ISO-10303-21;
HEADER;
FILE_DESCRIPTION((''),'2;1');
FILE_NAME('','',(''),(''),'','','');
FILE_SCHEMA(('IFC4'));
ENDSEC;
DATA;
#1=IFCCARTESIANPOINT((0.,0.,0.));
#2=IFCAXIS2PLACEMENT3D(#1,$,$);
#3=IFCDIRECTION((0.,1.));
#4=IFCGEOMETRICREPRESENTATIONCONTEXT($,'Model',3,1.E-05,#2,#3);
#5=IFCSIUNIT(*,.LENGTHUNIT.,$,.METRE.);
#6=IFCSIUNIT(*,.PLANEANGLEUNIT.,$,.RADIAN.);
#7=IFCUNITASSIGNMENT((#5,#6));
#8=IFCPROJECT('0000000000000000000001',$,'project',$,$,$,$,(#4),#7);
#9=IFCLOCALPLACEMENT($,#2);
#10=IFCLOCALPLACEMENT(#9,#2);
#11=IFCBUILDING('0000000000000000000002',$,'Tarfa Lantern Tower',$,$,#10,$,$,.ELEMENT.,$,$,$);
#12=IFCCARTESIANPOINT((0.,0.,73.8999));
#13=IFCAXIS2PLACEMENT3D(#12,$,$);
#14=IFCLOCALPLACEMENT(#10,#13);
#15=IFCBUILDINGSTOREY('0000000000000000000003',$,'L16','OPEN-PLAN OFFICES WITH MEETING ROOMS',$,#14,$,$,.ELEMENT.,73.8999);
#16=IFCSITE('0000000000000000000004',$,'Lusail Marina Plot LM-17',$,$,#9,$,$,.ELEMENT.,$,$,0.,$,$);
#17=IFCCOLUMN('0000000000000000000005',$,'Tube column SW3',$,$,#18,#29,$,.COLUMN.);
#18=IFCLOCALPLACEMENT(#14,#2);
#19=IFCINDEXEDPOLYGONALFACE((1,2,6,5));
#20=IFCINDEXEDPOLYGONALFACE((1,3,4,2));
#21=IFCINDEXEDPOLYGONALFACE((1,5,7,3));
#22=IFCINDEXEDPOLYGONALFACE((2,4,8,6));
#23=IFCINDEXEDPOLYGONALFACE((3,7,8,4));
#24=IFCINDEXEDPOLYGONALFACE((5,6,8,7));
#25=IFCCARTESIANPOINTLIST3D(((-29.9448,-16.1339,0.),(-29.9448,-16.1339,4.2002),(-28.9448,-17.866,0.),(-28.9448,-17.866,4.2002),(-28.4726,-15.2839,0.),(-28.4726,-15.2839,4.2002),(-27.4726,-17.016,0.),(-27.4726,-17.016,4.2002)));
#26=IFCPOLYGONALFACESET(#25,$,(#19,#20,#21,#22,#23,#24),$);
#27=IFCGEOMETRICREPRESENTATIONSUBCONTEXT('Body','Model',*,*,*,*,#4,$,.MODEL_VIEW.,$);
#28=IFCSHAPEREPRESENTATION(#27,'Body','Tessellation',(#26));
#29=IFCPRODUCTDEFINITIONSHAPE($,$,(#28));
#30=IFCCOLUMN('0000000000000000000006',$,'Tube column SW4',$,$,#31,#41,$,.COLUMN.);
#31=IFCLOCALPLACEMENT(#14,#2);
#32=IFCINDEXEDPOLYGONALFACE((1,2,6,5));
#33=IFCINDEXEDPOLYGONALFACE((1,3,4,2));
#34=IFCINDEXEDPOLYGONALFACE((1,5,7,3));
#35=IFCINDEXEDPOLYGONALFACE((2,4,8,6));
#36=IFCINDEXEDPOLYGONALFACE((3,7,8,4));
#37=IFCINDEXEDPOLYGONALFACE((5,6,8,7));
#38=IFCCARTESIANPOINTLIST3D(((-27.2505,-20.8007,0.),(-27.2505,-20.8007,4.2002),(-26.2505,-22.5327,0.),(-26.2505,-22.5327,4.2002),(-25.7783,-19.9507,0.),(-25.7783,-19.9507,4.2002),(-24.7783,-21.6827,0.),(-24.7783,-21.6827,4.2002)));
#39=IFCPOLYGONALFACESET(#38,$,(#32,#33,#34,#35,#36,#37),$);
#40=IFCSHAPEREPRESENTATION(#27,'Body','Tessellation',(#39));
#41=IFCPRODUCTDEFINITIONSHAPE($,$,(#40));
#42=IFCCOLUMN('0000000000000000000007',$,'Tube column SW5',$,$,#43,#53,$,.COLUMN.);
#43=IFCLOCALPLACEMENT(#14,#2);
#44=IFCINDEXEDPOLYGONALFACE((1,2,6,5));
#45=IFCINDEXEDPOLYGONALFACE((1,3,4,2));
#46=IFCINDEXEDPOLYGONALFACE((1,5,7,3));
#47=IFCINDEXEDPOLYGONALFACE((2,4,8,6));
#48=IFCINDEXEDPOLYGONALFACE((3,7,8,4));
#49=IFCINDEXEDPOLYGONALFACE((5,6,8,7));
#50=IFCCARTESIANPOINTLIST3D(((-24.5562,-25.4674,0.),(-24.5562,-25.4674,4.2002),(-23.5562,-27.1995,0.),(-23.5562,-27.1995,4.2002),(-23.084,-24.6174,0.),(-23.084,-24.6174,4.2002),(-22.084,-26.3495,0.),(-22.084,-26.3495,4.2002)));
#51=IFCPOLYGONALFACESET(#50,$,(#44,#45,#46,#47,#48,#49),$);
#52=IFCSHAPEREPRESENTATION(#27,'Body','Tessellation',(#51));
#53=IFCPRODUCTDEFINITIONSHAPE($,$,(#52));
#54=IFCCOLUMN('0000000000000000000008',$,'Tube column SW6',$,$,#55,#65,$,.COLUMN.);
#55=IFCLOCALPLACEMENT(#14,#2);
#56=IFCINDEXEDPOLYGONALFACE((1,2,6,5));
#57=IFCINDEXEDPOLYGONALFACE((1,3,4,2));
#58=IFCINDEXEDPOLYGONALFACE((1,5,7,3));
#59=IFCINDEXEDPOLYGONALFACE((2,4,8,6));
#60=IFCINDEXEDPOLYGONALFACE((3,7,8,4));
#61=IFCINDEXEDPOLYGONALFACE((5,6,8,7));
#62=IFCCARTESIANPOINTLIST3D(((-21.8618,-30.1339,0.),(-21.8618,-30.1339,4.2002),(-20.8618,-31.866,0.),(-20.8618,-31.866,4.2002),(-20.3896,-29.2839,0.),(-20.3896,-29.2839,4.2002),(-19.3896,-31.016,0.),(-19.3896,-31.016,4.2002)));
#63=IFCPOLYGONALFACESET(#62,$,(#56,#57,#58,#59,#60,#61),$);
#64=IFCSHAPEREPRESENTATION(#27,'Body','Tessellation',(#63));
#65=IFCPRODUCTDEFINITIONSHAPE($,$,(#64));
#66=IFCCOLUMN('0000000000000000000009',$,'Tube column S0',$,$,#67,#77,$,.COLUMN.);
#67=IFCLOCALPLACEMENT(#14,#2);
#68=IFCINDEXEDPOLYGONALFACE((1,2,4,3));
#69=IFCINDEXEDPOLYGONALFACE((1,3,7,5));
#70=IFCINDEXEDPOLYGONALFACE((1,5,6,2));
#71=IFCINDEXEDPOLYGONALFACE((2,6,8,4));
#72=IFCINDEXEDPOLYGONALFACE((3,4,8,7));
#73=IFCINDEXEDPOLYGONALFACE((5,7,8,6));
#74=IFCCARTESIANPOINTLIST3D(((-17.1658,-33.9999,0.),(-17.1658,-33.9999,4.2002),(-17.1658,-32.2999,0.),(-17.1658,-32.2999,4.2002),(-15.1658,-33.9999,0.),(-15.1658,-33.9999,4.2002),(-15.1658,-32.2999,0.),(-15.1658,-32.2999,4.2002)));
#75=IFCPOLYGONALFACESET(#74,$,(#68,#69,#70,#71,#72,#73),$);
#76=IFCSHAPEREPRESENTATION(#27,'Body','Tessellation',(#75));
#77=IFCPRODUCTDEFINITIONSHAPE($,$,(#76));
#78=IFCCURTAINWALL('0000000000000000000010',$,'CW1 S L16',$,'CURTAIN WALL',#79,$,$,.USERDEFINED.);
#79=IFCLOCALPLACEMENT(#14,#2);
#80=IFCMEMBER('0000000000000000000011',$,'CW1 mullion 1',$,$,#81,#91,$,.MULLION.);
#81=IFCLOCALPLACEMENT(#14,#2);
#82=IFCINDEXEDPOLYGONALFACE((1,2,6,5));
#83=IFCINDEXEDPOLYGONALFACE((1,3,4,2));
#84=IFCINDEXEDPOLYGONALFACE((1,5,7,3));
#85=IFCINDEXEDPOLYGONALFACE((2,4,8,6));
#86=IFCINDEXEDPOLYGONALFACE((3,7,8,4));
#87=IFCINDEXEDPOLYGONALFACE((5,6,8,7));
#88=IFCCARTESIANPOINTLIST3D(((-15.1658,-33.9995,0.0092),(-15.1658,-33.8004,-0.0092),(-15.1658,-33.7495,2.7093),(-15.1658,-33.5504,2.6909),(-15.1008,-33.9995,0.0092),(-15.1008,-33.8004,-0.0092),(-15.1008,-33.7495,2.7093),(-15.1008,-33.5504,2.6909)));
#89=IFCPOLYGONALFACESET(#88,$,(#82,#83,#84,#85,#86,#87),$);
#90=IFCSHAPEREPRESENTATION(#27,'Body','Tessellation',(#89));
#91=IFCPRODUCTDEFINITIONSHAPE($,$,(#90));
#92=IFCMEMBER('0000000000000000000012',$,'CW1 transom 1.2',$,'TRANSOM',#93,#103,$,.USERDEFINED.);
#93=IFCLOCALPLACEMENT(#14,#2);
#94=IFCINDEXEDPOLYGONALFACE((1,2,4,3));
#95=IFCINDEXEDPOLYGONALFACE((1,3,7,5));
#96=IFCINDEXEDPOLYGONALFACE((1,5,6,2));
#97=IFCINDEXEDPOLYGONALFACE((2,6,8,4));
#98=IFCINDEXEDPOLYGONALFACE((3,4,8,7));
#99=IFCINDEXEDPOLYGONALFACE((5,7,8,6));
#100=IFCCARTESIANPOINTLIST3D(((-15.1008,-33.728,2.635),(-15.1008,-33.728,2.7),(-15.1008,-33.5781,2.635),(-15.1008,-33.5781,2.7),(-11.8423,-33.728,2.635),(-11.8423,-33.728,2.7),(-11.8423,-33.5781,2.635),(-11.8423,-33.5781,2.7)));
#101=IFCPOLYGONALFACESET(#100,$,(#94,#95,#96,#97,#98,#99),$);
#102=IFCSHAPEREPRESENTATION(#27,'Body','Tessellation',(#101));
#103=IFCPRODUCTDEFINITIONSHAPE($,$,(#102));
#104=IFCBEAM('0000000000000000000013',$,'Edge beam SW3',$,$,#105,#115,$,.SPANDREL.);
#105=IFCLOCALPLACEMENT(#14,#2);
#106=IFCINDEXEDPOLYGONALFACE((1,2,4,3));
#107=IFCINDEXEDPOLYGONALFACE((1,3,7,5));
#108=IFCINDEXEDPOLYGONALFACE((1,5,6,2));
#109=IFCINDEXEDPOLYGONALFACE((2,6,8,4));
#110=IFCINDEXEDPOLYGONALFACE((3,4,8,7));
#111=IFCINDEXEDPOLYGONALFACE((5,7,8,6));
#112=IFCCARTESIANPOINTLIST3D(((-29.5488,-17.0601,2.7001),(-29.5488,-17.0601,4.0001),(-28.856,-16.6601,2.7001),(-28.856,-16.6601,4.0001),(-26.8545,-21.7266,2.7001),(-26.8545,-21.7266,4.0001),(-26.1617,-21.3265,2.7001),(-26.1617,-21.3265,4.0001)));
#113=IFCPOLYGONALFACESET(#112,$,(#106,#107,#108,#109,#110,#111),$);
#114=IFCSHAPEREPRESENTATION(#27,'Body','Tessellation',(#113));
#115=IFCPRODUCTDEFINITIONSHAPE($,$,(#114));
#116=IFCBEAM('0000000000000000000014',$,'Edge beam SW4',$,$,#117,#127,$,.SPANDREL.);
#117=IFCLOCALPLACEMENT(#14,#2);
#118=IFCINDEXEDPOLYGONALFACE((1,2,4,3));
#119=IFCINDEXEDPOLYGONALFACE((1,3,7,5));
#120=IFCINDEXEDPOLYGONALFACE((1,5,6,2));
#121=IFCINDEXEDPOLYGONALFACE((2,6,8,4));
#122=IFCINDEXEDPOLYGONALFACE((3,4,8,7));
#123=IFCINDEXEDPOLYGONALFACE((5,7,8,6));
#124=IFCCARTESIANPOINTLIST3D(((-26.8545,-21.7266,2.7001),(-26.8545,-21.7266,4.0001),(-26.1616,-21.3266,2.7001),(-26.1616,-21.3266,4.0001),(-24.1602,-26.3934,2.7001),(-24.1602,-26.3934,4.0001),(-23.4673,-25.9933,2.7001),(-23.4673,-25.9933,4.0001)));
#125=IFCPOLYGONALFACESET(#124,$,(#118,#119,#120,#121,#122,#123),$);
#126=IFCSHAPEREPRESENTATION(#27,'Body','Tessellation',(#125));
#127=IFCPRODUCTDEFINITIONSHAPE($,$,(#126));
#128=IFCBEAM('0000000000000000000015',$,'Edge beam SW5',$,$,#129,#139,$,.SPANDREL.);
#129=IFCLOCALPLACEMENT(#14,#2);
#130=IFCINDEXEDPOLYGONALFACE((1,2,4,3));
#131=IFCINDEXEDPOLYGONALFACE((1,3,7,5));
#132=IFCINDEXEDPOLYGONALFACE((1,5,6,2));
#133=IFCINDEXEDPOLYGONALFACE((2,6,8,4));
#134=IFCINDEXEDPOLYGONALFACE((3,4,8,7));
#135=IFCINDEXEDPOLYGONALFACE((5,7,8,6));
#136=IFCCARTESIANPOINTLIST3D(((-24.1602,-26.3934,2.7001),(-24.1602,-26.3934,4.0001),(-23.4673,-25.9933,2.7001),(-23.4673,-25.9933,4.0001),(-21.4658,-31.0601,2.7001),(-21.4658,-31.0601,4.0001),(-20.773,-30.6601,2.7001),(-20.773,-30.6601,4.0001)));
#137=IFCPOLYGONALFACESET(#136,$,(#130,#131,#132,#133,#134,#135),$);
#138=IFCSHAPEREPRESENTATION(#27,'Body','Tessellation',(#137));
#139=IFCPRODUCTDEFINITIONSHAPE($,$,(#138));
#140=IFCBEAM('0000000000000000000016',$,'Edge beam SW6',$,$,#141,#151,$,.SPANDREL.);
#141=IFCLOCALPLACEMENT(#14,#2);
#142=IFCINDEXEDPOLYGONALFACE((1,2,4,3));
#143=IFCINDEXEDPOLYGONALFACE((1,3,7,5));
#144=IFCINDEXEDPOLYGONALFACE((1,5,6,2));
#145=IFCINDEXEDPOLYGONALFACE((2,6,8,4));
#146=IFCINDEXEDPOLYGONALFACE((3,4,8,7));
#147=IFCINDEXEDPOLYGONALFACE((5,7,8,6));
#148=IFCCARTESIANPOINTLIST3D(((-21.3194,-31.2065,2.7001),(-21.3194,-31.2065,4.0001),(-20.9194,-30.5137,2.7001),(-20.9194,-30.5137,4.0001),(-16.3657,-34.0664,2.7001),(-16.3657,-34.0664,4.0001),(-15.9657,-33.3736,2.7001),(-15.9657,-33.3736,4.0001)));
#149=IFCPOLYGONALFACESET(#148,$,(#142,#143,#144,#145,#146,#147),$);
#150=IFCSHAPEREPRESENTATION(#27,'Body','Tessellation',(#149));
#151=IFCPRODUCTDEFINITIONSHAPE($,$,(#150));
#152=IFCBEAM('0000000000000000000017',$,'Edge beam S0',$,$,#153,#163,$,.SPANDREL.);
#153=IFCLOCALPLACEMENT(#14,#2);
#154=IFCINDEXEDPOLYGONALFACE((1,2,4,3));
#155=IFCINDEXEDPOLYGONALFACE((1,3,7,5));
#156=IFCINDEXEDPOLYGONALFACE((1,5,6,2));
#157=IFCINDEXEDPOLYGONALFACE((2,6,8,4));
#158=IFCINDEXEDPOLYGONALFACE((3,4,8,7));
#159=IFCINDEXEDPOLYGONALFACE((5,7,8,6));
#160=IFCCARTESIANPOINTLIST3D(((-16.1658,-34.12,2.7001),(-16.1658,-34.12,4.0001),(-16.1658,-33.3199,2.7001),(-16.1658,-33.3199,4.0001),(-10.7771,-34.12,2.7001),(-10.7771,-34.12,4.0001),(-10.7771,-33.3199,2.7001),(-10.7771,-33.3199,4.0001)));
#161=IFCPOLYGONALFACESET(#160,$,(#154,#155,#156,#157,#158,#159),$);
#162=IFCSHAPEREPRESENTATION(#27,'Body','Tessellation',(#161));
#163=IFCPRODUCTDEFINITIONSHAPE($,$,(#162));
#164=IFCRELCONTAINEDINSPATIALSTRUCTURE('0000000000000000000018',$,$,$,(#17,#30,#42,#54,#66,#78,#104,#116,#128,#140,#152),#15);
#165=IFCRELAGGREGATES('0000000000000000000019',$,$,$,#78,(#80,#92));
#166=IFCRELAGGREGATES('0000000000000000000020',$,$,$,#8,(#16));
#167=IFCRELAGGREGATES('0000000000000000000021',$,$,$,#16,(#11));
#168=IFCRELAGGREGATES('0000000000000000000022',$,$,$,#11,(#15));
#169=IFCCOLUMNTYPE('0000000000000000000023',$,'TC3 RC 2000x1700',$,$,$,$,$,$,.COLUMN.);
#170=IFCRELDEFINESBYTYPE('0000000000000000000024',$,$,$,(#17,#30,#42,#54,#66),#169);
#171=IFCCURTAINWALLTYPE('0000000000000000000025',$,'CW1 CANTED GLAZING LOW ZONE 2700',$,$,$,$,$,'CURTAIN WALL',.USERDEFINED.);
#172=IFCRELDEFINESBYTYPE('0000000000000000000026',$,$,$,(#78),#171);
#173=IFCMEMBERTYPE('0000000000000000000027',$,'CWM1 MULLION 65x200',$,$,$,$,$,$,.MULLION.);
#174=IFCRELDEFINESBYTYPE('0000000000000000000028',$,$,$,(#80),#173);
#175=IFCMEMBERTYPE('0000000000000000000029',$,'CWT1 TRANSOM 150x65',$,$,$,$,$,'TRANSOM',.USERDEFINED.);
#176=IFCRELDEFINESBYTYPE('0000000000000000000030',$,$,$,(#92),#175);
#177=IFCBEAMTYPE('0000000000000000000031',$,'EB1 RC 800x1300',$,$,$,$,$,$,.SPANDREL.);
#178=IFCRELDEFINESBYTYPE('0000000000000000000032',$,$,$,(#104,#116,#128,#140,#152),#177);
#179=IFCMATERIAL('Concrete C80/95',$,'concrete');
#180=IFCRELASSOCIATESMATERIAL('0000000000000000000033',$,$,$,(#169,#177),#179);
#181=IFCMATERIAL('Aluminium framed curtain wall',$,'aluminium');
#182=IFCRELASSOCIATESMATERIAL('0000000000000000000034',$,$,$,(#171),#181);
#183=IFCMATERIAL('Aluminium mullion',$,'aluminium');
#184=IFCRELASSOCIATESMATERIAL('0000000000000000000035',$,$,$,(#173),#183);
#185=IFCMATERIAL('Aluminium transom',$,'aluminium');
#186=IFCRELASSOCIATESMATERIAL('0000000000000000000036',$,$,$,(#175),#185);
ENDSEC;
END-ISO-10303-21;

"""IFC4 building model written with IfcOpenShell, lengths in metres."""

from ifc_helpers import new_model, si_unit, direction, frame, origin, origin_2d, place, context, subcontext, project, spatial, rectangle, extrude, material, material_profile, profile_set, type_object, element, aggregate, save


model = new_model("IFC4")

# Units and contexts
model_context = context("Model", 3, precision=1e-05, world=origin(), true_north=direction((0.0, 1.0)))
body_context = subcontext(model_context, "Body", "Model", "MODEL_VIEW")
ifc_project = project(units=[si_unit("LENGTHUNIT", "METRE"), si_unit("PLANEANGLEUNIT", "RADIAN")], contexts=[model_context])

# Site, building, storey
site_placement = place(None, origin())
site = spatial("IfcSite", under=ifc_project, at=site_placement, Name="Lusail Marina Plot LM-17", CompositionType="ELEMENT", RefElevation=0.0)
building_placement = place(site_placement, origin())
building = spatial("IfcBuilding", under=site, at=building_placement, Name="Tarfa Lantern Tower", CompositionType="ELEMENT")
storey_placement = place(building_placement, frame((0.0, 0.0, 73.8999)))
storey = spatial("IfcBuildingStorey", under=building, at=storey_placement, Name="L16", Description="OPEN-PLAN OFFICES WITH MEETING ROOMS", CompositionType="ELEMENT", Elevation=73.8999)

# Columns
ifc_material_1 = material(Name="Concrete C80/95", Category="concrete")
ifc_material_profile_1 = material_profile(ifc_material_1, rectangle(XDim=2.0, YDim=1.7, at=origin_2d()), Name="RC 2000x1700")
ifc_profile_set_1 = profile_set([ifc_material_profile_1], Name="Concrete C80/95")
column_type = type_object("IfcColumnType", Name="TC3 RC 2000x1700", PredefinedType="COLUMN", material=ifc_profile_set_1)
for number, where, z_axis, x_axis, name in (
    (1, (-28.7087, -16.575, 0.0), (0.0, 0.0, 1.0), (0.5, -0.866025, 0.0), "Tube column SW3"),
    (2, (-26.0144, -21.2417, 0.0), (0.0, 0.0, 1.0), (0.5, -0.866025, 0.0), "Tube column SW4"),
    (3, (-23.3201, -25.9084, 0.0), (0.0, 0.0, 1.0), (0.5, -0.866025, 0.0), "Tube column SW5"),
    (4, (-20.6257, -30.575, 0.0), (0.0, 0.0, 1.0), (0.5, -0.866025, 0.0), "Tube column SW6"),
    (5, (-16.1658, -33.1499, 0.0), (0.0, 0.0, 1.0), (1.0, 0.0, 0.0), "Tube column S0"),
):
    element("IfcColumn", number, at=place(storey_placement, frame(where, z_axis=z_axis, x_axis=x_axis)), inside=storey, type_object=column_type, Name=name, PredefinedType="COLUMN", context=body_context, shape_type="SweptSolid", body=[
        extrude(rectangle(XDim=2.0, YDim=1.7, at=origin_2d()), origin(), (0.0, 0.0, 1.0), 4.2002),
    ])

# Curtain wall, members
ifc_material_2 = material(Name="Aluminium framed curtain wall", Category="aluminium")
curtain_wall_type = type_object("IfcCurtainWallType", Name="CW1 CANTED GLAZING LOW ZONE 2700", ElementType="CURTAIN WALL", PredefinedType="USERDEFINED", material=ifc_material_2)
curtain_wall_placement = place(storey_placement, origin())
curtain_wall = element("IfcCurtainWall", 6, at=curtain_wall_placement, inside=storey, type_object=curtain_wall_type, Name="CW1 S L16", ObjectType="CURTAIN WALL", PredefinedType="USERDEFINED")
ifc_material_3 = material(Name="Aluminium mullion", Category="aluminium")
ifc_material_profile_2 = material_profile(ifc_material_3, rectangle(XDim=0.0649, YDim=0.2, at=origin_2d()), Name="AL MULLION 65x200")
ifc_profile_set_2 = profile_set([ifc_material_profile_2], Name="Aluminium mullion")
member_type_1 = type_object("IfcMemberType", Name="CWM1 MULLION 65x200", PredefinedType="MULLION", material=ifc_profile_set_2)
member_1_placement = place(storey_placement, frame((-15.1333, -33.8999, 0.0), z_axis=(0.0, 0.092192, 0.995741), x_axis=(-1.0, 0.0, 0.0)))
member_1 = element("IfcMember", 7, at=member_1_placement, type_object=member_type_1, Name="CW1 mullion 1", PredefinedType="MULLION", context=body_context, shape_type="SweptSolid", body=[
    extrude(rectangle(XDim=0.0649, YDim=0.2, at=origin_2d()), origin(), (0.0, 0.0, 1.0), 2.7117),
])
ifc_material_4 = material(Name="Aluminium transom", Category="aluminium")
ifc_material_profile_3 = material_profile(ifc_material_4, rectangle(XDim=0.1499, YDim=0.0649, at=origin_2d()), Name="AL TRANSOM 150x65")
ifc_profile_set_3 = profile_set([ifc_material_profile_3], Name="Aluminium transom")
member_type_2 = type_object("IfcMemberType", Name="CWT1 TRANSOM 150x65", ElementType="TRANSOM", PredefinedType="USERDEFINED", material=ifc_profile_set_3)
member_2_placement = place(storey_placement, frame((-15.1008, -33.6531, 2.6675), z_axis=(1.0, 0.0, 0.0), x_axis=(0.0, 1.0, 0.0)))
member_2 = element("IfcMember", 8, at=member_2_placement, type_object=member_type_2, Name="CW1 transom 1.2", ObjectType="TRANSOM", PredefinedType="USERDEFINED", context=body_context, shape_type="SweptSolid", body=[
    extrude(rectangle(XDim=0.1499, YDim=0.0649, at=origin_2d()), origin(), (0.0, 0.0, 1.0), 3.2585),
])

# Beams
ifc_material_profile_4 = material_profile(ifc_material_1, rectangle(XDim=0.8, YDim=1.3, at=origin_2d()), Name="RC 800x1300")
ifc_profile_set_4 = profile_set([ifc_material_profile_4], Name="Concrete C80/95")
beam_type_1 = type_object("IfcBeamType", Name="EB1 RC 800x1300", PredefinedType="SPANDREL", material=ifc_profile_set_4)
beam_1_placement = place(storey_placement, frame((-29.2024, -16.8601, 3.3501), z_axis=(0.500018, -0.866015, 0.0), x_axis=(0.866015, 0.500018, 0.0)))
element("IfcBeam", 9, at=beam_1_placement, inside=storey, type_object=beam_type_1, Name="Edge beam SW3", PredefinedType="SPANDREL", context=body_context, shape_type="SweptSolid", body=[
    extrude(rectangle(XDim=0.8, YDim=1.3, at=origin_2d()), origin(), (0.0, 0.0, 1.0), 5.3884),
])
for number, where, z_axis, x_axis, name in (
    (10, (-26.5081, -21.5266, 3.3501), (0.499998, -0.866026, 0.0), (0.866026, 0.499998, 0.0), "Edge beam SW4"),
    (11, (-23.8137, -26.1934, 3.3501), (0.499998, -0.866026, 0.0), (0.866026, 0.499998, 0.0), "Edge beam SW5"),
):
    element("IfcBeam", number, at=place(storey_placement, frame(where, z_axis=z_axis, x_axis=x_axis)), inside=storey, type_object=beam_type_1, Name=name, PredefinedType="SPANDREL", context=body_context, shape_type="SweptSolid", body=[
        extrude(rectangle(XDim=0.8, YDim=1.3, at=origin_2d()), origin(), (0.0, 0.0, 1.0), 5.3887),
    ])
beam_2_placement = place(storey_placement, frame((-21.1194, -30.8601, 3.3501), z_axis=(0.866033, -0.499986, 0.0), x_axis=(0.499986, 0.866033, 0.0)))
element("IfcBeam", 12, at=beam_2_placement, inside=storey, type_object=beam_type_1, Name="Edge beam SW6", PredefinedType="SPANDREL", context=body_context, shape_type="SweptSolid", body=[
    extrude(rectangle(XDim=0.8, YDim=1.3, at=origin_2d()), origin(), (0.0, 0.0, 1.0), 5.72),
])
beam_3_placement = place(storey_placement, frame((-16.1658, -33.72, 3.3501), z_axis=(1.0, 0.0, 0.0), x_axis=(0.0, 1.0, 0.0)))
element("IfcBeam", 13, at=beam_3_placement, inside=storey, type_object=beam_type_1, Name="Edge beam S0", PredefinedType="SPANDREL", context=body_context, shape_type="SweptSolid", body=[
    extrude(rectangle(XDim=0.8, YDim=1.3, at=origin_2d()), origin(), (0.0, 0.0, 1.0), 5.3887),
])

aggregate(curtain_wall, [member_1, member_2])

save(model, "model.ifc")
